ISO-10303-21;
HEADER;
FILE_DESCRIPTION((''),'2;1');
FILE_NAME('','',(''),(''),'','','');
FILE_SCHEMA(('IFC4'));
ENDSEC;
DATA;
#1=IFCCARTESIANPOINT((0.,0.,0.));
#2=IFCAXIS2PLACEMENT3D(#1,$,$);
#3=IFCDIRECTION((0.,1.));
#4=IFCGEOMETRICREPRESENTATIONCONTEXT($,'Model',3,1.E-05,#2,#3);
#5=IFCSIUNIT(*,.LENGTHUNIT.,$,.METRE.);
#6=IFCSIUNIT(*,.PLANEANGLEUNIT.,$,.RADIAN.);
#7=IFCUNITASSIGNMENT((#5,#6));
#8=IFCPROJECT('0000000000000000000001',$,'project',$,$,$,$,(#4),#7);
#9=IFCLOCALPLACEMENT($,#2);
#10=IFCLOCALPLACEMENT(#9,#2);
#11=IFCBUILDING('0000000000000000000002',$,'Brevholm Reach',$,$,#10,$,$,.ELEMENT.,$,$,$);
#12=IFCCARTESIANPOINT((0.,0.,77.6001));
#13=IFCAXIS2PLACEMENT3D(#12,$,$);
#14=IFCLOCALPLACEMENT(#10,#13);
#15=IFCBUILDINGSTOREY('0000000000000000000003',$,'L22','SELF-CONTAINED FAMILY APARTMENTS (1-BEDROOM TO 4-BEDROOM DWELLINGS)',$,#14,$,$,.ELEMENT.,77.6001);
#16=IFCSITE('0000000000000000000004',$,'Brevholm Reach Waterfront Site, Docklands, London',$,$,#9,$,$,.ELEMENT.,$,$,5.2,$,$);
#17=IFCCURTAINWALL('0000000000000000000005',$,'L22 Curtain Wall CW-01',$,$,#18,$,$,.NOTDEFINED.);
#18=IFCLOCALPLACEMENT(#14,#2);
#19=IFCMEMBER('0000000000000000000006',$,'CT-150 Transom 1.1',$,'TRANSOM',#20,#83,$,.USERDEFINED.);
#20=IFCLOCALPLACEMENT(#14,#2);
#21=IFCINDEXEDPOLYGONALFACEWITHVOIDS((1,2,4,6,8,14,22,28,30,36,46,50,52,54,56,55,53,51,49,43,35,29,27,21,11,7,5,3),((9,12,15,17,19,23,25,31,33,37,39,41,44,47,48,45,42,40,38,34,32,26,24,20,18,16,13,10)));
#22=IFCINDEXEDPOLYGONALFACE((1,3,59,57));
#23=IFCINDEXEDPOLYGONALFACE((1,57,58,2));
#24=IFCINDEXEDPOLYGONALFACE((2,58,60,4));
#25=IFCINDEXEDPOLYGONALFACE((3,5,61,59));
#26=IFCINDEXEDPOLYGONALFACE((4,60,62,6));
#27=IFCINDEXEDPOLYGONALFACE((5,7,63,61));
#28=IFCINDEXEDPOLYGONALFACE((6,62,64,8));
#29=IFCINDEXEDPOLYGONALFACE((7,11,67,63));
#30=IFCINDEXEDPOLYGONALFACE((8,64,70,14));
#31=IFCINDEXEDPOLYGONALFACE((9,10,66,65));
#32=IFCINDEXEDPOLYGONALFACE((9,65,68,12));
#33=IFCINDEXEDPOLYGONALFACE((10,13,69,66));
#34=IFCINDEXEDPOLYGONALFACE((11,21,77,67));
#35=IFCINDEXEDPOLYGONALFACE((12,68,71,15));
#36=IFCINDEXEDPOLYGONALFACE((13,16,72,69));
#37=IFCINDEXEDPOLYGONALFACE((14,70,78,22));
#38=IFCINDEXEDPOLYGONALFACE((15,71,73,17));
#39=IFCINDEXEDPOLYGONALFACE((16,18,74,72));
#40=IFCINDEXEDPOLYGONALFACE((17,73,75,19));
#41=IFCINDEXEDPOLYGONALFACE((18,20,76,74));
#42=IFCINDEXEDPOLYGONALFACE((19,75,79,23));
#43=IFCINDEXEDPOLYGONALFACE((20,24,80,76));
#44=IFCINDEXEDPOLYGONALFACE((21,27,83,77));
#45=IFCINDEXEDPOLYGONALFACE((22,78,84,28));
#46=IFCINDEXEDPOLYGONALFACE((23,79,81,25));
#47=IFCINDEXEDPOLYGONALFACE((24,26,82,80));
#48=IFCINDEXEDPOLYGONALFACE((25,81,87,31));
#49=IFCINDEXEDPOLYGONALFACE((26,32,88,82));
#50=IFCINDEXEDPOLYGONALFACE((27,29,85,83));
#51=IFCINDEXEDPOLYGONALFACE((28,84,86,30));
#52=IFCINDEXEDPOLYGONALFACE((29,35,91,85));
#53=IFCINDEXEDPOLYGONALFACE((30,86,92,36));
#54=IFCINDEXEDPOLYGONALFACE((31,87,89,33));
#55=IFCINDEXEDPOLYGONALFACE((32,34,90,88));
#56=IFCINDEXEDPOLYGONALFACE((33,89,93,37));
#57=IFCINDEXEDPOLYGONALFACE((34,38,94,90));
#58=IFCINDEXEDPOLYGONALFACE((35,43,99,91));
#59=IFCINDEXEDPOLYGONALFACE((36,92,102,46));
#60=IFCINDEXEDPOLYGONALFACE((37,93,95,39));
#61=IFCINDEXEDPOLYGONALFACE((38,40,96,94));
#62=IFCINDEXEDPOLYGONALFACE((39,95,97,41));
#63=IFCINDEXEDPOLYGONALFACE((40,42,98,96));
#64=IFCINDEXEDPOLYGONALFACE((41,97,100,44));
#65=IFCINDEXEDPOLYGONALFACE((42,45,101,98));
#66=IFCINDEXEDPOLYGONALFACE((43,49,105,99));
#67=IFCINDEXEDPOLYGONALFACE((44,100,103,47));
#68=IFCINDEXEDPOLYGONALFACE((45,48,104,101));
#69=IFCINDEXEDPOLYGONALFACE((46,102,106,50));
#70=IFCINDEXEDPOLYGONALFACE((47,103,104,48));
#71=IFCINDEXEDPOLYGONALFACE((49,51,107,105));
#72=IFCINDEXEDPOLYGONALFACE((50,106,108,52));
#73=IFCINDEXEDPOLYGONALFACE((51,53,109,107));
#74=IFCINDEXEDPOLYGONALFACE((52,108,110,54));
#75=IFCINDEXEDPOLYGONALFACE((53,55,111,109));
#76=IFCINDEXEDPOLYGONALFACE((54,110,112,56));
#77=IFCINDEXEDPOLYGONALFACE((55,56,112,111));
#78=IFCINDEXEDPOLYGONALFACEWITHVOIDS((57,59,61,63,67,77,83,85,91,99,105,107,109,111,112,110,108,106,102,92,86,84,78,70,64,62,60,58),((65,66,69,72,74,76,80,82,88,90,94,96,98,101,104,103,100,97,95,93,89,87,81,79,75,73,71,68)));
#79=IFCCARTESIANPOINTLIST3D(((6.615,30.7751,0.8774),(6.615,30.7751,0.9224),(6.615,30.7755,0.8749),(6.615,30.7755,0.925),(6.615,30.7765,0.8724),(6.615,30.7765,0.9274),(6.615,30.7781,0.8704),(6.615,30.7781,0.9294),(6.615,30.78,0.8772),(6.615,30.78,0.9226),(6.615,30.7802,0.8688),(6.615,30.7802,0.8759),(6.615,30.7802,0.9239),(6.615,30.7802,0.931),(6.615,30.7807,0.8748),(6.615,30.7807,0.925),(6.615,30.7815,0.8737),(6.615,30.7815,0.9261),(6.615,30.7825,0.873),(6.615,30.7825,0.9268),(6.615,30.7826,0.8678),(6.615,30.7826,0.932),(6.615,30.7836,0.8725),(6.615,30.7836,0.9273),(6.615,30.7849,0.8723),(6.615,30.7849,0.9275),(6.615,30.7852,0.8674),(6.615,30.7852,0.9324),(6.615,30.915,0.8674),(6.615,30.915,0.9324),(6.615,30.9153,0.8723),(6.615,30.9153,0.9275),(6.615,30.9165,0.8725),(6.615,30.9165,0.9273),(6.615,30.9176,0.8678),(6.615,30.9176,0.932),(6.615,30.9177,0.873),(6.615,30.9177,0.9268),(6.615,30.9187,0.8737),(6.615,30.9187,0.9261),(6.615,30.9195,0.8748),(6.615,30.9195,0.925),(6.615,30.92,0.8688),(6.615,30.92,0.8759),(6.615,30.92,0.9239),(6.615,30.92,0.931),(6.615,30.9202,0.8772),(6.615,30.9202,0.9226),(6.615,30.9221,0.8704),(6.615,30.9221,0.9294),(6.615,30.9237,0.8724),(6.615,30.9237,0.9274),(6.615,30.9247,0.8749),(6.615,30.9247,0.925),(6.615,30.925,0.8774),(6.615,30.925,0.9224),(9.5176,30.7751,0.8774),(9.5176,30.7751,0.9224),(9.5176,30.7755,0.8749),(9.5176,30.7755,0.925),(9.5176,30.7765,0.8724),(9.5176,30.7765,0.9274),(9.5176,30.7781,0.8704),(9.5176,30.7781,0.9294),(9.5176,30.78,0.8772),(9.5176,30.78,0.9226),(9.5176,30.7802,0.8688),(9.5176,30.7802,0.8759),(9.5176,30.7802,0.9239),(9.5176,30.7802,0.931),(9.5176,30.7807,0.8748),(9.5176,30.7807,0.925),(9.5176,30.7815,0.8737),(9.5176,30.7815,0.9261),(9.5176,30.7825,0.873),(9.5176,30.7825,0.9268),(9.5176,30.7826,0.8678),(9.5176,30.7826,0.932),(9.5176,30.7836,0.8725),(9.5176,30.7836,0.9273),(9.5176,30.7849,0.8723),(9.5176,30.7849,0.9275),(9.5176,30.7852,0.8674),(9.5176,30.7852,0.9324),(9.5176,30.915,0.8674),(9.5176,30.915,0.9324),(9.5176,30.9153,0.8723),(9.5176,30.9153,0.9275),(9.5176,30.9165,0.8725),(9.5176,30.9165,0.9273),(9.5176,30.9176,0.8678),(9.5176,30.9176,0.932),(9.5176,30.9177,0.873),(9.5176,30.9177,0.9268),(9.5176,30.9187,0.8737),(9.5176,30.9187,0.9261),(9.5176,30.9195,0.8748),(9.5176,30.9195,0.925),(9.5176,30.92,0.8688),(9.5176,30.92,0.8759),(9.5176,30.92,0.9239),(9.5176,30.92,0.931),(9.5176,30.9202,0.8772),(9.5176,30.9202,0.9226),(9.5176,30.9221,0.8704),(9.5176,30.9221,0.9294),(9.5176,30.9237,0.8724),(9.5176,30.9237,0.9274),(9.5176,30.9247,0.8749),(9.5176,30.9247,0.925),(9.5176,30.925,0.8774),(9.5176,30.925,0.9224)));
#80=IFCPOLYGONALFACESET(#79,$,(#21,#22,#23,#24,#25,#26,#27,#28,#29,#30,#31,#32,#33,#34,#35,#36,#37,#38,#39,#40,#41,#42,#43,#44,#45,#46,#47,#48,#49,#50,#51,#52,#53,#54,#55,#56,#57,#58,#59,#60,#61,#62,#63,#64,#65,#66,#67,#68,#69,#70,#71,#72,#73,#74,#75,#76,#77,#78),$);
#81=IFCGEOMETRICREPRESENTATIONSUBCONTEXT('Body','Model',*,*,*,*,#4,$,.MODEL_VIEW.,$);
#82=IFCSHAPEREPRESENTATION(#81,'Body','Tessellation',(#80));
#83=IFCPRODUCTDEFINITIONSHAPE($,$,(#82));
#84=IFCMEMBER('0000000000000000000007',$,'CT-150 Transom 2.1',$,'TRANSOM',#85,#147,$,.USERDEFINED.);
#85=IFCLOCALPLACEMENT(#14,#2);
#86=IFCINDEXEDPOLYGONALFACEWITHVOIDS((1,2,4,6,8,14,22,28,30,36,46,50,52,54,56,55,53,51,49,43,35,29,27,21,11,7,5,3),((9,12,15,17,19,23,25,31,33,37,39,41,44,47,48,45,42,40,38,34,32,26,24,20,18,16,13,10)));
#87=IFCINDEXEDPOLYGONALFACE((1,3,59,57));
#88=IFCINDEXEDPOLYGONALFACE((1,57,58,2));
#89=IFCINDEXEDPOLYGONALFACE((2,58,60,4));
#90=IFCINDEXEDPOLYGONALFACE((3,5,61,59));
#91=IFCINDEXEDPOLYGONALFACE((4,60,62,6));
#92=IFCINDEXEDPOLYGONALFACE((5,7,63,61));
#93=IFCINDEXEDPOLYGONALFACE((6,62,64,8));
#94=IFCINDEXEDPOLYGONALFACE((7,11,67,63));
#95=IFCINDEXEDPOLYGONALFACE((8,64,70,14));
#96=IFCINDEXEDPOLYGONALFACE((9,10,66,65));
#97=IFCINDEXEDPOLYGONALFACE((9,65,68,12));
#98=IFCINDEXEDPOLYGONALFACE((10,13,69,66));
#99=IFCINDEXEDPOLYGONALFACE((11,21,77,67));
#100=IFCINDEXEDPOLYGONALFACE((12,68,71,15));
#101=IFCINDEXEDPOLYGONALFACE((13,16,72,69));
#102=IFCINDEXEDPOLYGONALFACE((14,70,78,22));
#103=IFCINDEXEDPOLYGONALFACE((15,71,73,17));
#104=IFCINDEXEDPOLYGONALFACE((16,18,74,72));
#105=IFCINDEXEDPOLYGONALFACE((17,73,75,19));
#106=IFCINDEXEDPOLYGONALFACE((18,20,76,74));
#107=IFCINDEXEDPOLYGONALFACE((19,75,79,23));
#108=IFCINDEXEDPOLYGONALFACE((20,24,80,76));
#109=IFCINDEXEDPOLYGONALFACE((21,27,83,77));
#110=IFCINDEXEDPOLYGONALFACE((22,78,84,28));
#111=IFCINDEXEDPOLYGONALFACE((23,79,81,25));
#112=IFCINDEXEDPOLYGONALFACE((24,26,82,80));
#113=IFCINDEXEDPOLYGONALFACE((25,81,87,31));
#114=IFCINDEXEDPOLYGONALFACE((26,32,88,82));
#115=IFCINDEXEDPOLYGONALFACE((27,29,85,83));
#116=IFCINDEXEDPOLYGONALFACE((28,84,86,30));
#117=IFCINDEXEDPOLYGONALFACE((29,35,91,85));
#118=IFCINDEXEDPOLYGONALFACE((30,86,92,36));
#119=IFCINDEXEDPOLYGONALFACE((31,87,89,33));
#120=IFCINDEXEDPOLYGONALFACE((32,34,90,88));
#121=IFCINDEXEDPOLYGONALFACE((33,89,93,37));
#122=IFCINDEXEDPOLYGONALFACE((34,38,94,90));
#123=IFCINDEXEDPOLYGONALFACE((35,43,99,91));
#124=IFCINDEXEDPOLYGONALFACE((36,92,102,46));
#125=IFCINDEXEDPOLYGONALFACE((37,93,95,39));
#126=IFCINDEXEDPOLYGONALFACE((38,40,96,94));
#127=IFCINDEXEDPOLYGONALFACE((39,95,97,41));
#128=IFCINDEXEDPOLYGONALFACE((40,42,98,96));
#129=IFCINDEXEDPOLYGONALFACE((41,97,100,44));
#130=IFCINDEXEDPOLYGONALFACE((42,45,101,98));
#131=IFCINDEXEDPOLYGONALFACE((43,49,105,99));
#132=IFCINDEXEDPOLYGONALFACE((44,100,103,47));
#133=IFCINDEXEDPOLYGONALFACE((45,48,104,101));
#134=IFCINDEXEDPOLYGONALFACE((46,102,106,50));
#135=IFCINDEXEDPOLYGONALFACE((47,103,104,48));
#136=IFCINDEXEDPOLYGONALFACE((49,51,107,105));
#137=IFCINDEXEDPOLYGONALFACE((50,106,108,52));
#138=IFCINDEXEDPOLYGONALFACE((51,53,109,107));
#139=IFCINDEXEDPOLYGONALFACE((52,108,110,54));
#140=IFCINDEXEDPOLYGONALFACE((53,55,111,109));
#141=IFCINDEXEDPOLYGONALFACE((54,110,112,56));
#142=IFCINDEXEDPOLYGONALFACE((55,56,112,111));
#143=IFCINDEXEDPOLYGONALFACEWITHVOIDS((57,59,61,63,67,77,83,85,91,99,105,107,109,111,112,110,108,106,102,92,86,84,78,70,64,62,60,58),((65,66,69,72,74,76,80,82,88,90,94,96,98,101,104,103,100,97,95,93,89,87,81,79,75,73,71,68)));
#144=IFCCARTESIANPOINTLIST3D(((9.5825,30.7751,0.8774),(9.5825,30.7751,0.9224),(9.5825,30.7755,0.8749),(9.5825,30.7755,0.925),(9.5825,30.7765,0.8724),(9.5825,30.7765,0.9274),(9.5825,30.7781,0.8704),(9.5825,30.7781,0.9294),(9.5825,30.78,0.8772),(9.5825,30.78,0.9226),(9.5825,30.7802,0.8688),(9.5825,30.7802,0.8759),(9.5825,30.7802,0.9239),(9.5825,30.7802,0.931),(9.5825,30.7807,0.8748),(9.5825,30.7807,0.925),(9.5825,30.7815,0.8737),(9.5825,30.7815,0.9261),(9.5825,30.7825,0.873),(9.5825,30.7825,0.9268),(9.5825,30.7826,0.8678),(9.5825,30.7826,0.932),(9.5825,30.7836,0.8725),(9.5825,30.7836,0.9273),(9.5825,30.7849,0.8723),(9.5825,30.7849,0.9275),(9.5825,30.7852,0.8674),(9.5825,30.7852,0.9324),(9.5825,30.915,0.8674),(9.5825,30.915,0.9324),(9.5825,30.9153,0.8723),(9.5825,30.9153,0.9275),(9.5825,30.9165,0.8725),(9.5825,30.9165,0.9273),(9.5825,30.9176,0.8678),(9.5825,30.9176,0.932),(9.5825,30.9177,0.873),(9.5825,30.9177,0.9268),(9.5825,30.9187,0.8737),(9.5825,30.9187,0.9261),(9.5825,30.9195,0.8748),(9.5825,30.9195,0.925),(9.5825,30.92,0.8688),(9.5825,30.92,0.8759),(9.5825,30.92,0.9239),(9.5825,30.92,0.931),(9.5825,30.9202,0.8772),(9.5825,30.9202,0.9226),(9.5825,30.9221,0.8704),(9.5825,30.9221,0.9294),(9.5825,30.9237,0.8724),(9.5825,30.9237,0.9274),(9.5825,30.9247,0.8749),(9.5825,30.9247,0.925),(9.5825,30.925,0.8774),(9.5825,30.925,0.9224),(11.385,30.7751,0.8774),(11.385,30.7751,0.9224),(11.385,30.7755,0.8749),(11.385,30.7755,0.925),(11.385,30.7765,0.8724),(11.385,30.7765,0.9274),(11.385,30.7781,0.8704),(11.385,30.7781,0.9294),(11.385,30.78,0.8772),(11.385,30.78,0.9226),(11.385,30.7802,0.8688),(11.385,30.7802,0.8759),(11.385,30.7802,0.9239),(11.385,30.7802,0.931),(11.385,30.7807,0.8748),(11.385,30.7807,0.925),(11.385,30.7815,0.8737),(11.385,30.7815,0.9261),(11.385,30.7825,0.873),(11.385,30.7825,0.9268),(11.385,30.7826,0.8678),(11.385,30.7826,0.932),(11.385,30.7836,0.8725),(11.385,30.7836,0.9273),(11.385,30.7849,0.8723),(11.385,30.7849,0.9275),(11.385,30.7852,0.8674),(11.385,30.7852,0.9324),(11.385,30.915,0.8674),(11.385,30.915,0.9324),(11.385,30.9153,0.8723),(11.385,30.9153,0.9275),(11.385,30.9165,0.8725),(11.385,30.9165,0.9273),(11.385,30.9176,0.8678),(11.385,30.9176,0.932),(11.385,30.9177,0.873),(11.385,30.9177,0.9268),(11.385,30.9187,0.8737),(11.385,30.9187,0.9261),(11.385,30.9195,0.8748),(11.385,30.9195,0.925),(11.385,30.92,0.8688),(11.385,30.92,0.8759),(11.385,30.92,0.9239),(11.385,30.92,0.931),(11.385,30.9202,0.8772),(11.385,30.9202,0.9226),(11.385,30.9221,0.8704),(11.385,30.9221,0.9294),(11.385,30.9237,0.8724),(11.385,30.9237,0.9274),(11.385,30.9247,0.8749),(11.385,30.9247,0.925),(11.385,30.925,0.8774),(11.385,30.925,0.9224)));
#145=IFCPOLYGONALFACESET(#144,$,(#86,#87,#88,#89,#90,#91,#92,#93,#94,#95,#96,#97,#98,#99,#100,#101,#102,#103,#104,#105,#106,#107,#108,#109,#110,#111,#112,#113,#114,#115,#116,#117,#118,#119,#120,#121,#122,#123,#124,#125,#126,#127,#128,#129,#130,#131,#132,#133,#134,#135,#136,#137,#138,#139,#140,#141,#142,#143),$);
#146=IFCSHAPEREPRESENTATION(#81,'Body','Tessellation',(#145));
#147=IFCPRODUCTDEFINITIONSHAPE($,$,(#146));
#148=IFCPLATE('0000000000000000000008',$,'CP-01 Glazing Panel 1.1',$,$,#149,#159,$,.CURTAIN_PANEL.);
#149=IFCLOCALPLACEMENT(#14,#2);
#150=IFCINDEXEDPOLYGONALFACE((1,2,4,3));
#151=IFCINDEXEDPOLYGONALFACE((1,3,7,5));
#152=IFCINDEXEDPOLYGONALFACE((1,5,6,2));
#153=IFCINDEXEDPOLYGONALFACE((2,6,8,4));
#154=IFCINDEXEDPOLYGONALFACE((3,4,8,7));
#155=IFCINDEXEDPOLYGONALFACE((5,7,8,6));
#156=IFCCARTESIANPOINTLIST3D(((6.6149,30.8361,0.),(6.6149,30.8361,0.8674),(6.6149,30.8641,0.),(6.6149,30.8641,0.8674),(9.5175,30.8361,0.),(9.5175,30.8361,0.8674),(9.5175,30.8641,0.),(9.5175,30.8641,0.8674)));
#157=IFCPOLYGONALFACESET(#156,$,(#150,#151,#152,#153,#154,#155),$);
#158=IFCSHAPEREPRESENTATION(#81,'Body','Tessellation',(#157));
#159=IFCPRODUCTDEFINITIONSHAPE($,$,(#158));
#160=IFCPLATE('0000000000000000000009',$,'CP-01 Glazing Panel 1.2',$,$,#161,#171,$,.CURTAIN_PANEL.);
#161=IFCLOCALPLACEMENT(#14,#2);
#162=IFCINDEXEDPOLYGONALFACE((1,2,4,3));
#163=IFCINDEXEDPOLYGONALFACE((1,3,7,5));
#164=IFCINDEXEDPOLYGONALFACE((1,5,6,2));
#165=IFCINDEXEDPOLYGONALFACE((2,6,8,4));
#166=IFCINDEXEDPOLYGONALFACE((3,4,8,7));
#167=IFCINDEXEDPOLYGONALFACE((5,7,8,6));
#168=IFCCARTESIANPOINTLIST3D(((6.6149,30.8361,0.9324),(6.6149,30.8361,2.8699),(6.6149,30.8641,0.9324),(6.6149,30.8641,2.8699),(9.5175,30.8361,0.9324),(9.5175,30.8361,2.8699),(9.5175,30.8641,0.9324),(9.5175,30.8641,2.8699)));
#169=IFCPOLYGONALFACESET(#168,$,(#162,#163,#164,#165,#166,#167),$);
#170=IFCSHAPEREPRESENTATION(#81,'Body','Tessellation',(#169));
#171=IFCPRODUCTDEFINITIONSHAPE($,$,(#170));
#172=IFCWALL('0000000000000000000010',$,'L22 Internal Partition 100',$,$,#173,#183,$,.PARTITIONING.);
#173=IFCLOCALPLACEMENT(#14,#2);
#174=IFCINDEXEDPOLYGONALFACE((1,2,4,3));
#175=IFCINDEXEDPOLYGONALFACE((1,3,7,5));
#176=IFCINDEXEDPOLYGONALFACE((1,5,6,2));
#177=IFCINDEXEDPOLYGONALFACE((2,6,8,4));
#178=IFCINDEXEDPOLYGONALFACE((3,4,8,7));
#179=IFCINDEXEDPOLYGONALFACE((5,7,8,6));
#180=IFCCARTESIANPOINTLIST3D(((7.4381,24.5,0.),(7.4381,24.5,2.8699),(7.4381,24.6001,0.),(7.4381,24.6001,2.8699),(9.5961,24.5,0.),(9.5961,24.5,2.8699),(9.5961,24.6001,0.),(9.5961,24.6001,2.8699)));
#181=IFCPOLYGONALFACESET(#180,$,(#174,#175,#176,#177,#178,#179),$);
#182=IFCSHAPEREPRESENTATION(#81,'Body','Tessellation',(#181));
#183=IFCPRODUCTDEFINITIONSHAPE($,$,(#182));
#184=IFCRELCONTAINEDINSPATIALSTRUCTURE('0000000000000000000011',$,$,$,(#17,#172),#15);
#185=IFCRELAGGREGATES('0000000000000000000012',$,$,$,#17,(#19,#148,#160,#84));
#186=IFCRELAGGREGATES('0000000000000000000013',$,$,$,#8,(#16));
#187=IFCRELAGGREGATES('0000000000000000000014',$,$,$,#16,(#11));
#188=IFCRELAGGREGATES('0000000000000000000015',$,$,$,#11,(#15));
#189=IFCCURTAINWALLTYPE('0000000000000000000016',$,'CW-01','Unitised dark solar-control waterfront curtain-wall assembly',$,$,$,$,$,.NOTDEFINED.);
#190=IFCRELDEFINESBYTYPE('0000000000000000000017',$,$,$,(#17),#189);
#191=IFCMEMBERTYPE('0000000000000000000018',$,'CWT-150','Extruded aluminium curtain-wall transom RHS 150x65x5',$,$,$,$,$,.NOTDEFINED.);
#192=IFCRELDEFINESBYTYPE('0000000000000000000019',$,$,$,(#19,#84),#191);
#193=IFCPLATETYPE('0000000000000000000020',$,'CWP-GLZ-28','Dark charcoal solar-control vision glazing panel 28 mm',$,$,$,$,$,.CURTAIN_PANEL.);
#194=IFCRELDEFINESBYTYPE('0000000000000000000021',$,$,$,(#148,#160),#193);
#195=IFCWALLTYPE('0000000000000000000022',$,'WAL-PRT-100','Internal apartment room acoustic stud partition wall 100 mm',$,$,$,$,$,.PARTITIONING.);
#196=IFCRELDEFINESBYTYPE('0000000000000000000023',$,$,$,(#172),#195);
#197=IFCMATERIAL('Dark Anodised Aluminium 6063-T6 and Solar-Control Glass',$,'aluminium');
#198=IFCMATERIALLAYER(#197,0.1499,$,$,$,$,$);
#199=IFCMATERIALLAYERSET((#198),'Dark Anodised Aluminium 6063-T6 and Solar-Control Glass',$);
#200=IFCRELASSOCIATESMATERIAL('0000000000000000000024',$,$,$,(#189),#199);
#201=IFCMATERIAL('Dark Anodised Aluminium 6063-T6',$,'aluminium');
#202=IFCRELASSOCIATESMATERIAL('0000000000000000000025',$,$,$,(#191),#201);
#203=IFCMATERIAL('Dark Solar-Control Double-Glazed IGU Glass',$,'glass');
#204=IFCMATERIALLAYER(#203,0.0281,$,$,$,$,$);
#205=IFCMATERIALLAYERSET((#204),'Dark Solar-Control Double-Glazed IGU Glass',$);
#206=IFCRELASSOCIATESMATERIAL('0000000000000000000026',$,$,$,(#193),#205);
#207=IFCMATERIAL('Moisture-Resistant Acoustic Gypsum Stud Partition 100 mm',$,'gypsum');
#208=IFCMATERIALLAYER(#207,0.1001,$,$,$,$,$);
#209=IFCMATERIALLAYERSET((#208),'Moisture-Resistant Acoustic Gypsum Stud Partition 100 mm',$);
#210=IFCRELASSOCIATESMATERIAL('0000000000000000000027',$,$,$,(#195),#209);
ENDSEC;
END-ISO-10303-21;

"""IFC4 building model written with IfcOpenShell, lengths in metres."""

from ifc_helpers import new_model, si_unit, direction, frame, frame_2d, origin, origin_2d, place, context, subcontext, project, spatial, rectangle, hollow_rectangle, extrude, material, layer, layer_set, material_profile, profile_set, type_object, element, aggregate, save


model = new_model("IFC4")

# Units and contexts
model_context = context("Model", 3, precision=1e-05, world=origin(), true_north=direction((0.0, 1.0)))
body_context = subcontext(model_context, "Body", "Model", "MODEL_VIEW")
ifc_project = project(units=[si_unit("LENGTHUNIT", "METRE"), si_unit("PLANEANGLEUNIT", "RADIAN")], contexts=[model_context])

# Site, building, storey
site_placement = place(None, origin())
site = spatial("IfcSite", under=ifc_project, at=site_placement, Name="Brevholm Reach Waterfront Site, Docklands, London", CompositionType="ELEMENT", RefElevation=5.2)
building_placement = place(site_placement, origin())
building = spatial("IfcBuilding", under=site, at=building_placement, Name="Brevholm Reach", CompositionType="ELEMENT")
storey_placement = place(building_placement, frame((0.0, 0.0, 77.6001)))
storey = spatial("IfcBuildingStorey", under=building, at=storey_placement, Name="L22", Description="SELF-CONTAINED FAMILY APARTMENTS (1-BEDROOM TO 4-BEDROOM DWELLINGS)", CompositionType="ELEMENT", Elevation=77.6001)

# Curtain wall, members, plates
ifc_material_1 = material(Name="Dark Anodised Aluminium 6063-T6 and Solar-Control Glass", Category="aluminium")
ifc_layer_1 = layer(ifc_material_1, 0.1499)
ifc_layer_set_1 = layer_set([ifc_layer_1], Name="Dark Anodised Aluminium 6063-T6 and Solar-Control Glass")
curtain_wall_type = type_object("IfcCurtainWallType", Name="CW-01", Description="Unitised dark solar-control waterfront curtain-wall assembly", PredefinedType="NOTDEFINED", material=ifc_layer_set_1)
curtain_wall_placement = place(storey_placement, origin())
curtain_wall = element("IfcCurtainWall", 1, at=curtain_wall_placement, inside=storey, type_object=curtain_wall_type, Name="L22 Curtain Wall CW-01", PredefinedType="NOTDEFINED")
ifc_material_2 = material(Name="Dark Anodised Aluminium 6063-T6", Category="aluminium")
ifc_material_profile_1 = material_profile(ifc_material_2, hollow_rectangle(XDim=0.0649, YDim=0.1499, WallThickness=0.0049, InnerFilletRadius=0.0049, OuterFilletRadius=0.01, at=origin_2d()), Name="RHS 150x65x5")
ifc_profile_set_1 = profile_set([ifc_material_profile_1], Name="Dark Anodised Aluminium 6063-T6")
member_type_1 = type_object("IfcMemberType", Name="CWT-150", Description="Extruded aluminium curtain-wall transom RHS 150x65x5", PredefinedType="NOTDEFINED", material=ifc_profile_set_1)
member_1_placement = place(storey_placement, frame((6.615, 30.8501, 0.8999), z_axis=(1.0, 0.0, 0.0), x_axis=(0.0, 0.0, 1.0)))
member_1 = element("IfcMember", 2, at=member_1_placement, type_object=member_type_1, Name="CT-150 Transom 1.1", ObjectType="TRANSOM", PredefinedType="USERDEFINED", context=body_context, shape_type="SweptSolid", body=[
    extrude(hollow_rectangle(XDim=0.0649, YDim=0.1499, WallThickness=0.0049, InnerFilletRadius=0.0049, OuterFilletRadius=0.01, at=origin_2d()), origin(), (0.0, 0.0, 1.0), 2.9026),
])
member_2_placement = place(storey_placement, frame((9.5825, 30.8501, 0.8999), z_axis=(1.0, 0.0, 0.0), x_axis=(0.0, 0.0, 1.0)))
member_2 = element("IfcMember", 3, at=member_2_placement, type_object=member_type_1, Name="CT-150 Transom 2.1", ObjectType="TRANSOM", PredefinedType="USERDEFINED", context=body_context, shape_type="SweptSolid", body=[
    extrude(hollow_rectangle(XDim=0.0649, YDim=0.1499, WallThickness=0.0049, InnerFilletRadius=0.0049, OuterFilletRadius=0.01, at=origin_2d()), origin(), (0.0, 0.0, 1.0), 1.8025),
])
ifc_material_3 = material(Name="Dark Solar-Control Double-Glazed IGU Glass", Category="glass")
ifc_layer_2 = layer(ifc_material_3, 0.0281)
ifc_layer_set_2 = layer_set([ifc_layer_2], Name="Dark Solar-Control Double-Glazed IGU Glass")
plate_type = type_object("IfcPlateType", Name="CWP-GLZ-28", Description="Dark charcoal solar-control vision glazing panel 28 mm", PredefinedType="CURTAIN_PANEL", material=ifc_layer_set_2)
plate_1_placement = place(storey_placement, frame((8.0662, 30.8501, 0.0), z_axis=(0.0, 0.0, 1.0), x_axis=(1.0, 0.0, 0.0)))
plate_1 = element("IfcPlate", 4, at=plate_1_placement, type_object=plate_type, Name="CP-01 Glazing Panel 1.1", PredefinedType="CURTAIN_PANEL", context=body_context, shape_type="SweptSolid", body=[
    extrude(rectangle(XDim=2.9026, YDim=0.0281, at=origin_2d()), origin(), (0.0, 0.0, 1.0), 0.8674),
])
plate_2_placement = place(storey_placement, frame((8.0662, 30.8501, 0.9324), z_axis=(0.0, 0.0, 1.0), x_axis=(1.0, 0.0, 0.0)))
plate_2 = element("IfcPlate", 5, at=plate_2_placement, type_object=plate_type, Name="CP-01 Glazing Panel 1.2", PredefinedType="CURTAIN_PANEL", context=body_context, shape_type="SweptSolid", body=[
    extrude(rectangle(XDim=2.9026, YDim=0.0281, at=origin_2d()), origin(), (0.0, 0.0, 1.0), 1.9375),
])
aggregate(curtain_wall, [member_1, plate_1, plate_2, member_2])

# Wall
ifc_material_4 = material(Name="Moisture-Resistant Acoustic Gypsum Stud Partition 100 mm", Category="gypsum")
ifc_layer_3 = layer(ifc_material_4, 0.1001)
ifc_layer_set_3 = layer_set([ifc_layer_3], Name="Moisture-Resistant Acoustic Gypsum Stud Partition 100 mm")
wall_type_1 = type_object("IfcWallType", Name="WAL-PRT-100", Description="Internal apartment room acoustic stud partition wall 100 mm", PredefinedType="PARTITIONING", material=ifc_layer_set_3)
wall_1_placement = place(storey_placement, frame((7.438, 24.55, 0.0), z_axis=(0.0, 0.0, 1.0), x_axis=(1.0, 0.0, 0.0)))
element("IfcWall", 6, at=wall_1_placement, inside=storey, type_object=wall_type_1, Name="L22 Internal Partition 100", PredefinedType="PARTITIONING", context=body_context, shape_type="SweptSolid", body=[
    extrude(rectangle(XDim=2.158, YDim=0.1001, at=frame_2d((1.0791, 0.0))), origin(), (0.0, 0.0, 1.0), 2.8699),
])

save(model, "model.ifc")
